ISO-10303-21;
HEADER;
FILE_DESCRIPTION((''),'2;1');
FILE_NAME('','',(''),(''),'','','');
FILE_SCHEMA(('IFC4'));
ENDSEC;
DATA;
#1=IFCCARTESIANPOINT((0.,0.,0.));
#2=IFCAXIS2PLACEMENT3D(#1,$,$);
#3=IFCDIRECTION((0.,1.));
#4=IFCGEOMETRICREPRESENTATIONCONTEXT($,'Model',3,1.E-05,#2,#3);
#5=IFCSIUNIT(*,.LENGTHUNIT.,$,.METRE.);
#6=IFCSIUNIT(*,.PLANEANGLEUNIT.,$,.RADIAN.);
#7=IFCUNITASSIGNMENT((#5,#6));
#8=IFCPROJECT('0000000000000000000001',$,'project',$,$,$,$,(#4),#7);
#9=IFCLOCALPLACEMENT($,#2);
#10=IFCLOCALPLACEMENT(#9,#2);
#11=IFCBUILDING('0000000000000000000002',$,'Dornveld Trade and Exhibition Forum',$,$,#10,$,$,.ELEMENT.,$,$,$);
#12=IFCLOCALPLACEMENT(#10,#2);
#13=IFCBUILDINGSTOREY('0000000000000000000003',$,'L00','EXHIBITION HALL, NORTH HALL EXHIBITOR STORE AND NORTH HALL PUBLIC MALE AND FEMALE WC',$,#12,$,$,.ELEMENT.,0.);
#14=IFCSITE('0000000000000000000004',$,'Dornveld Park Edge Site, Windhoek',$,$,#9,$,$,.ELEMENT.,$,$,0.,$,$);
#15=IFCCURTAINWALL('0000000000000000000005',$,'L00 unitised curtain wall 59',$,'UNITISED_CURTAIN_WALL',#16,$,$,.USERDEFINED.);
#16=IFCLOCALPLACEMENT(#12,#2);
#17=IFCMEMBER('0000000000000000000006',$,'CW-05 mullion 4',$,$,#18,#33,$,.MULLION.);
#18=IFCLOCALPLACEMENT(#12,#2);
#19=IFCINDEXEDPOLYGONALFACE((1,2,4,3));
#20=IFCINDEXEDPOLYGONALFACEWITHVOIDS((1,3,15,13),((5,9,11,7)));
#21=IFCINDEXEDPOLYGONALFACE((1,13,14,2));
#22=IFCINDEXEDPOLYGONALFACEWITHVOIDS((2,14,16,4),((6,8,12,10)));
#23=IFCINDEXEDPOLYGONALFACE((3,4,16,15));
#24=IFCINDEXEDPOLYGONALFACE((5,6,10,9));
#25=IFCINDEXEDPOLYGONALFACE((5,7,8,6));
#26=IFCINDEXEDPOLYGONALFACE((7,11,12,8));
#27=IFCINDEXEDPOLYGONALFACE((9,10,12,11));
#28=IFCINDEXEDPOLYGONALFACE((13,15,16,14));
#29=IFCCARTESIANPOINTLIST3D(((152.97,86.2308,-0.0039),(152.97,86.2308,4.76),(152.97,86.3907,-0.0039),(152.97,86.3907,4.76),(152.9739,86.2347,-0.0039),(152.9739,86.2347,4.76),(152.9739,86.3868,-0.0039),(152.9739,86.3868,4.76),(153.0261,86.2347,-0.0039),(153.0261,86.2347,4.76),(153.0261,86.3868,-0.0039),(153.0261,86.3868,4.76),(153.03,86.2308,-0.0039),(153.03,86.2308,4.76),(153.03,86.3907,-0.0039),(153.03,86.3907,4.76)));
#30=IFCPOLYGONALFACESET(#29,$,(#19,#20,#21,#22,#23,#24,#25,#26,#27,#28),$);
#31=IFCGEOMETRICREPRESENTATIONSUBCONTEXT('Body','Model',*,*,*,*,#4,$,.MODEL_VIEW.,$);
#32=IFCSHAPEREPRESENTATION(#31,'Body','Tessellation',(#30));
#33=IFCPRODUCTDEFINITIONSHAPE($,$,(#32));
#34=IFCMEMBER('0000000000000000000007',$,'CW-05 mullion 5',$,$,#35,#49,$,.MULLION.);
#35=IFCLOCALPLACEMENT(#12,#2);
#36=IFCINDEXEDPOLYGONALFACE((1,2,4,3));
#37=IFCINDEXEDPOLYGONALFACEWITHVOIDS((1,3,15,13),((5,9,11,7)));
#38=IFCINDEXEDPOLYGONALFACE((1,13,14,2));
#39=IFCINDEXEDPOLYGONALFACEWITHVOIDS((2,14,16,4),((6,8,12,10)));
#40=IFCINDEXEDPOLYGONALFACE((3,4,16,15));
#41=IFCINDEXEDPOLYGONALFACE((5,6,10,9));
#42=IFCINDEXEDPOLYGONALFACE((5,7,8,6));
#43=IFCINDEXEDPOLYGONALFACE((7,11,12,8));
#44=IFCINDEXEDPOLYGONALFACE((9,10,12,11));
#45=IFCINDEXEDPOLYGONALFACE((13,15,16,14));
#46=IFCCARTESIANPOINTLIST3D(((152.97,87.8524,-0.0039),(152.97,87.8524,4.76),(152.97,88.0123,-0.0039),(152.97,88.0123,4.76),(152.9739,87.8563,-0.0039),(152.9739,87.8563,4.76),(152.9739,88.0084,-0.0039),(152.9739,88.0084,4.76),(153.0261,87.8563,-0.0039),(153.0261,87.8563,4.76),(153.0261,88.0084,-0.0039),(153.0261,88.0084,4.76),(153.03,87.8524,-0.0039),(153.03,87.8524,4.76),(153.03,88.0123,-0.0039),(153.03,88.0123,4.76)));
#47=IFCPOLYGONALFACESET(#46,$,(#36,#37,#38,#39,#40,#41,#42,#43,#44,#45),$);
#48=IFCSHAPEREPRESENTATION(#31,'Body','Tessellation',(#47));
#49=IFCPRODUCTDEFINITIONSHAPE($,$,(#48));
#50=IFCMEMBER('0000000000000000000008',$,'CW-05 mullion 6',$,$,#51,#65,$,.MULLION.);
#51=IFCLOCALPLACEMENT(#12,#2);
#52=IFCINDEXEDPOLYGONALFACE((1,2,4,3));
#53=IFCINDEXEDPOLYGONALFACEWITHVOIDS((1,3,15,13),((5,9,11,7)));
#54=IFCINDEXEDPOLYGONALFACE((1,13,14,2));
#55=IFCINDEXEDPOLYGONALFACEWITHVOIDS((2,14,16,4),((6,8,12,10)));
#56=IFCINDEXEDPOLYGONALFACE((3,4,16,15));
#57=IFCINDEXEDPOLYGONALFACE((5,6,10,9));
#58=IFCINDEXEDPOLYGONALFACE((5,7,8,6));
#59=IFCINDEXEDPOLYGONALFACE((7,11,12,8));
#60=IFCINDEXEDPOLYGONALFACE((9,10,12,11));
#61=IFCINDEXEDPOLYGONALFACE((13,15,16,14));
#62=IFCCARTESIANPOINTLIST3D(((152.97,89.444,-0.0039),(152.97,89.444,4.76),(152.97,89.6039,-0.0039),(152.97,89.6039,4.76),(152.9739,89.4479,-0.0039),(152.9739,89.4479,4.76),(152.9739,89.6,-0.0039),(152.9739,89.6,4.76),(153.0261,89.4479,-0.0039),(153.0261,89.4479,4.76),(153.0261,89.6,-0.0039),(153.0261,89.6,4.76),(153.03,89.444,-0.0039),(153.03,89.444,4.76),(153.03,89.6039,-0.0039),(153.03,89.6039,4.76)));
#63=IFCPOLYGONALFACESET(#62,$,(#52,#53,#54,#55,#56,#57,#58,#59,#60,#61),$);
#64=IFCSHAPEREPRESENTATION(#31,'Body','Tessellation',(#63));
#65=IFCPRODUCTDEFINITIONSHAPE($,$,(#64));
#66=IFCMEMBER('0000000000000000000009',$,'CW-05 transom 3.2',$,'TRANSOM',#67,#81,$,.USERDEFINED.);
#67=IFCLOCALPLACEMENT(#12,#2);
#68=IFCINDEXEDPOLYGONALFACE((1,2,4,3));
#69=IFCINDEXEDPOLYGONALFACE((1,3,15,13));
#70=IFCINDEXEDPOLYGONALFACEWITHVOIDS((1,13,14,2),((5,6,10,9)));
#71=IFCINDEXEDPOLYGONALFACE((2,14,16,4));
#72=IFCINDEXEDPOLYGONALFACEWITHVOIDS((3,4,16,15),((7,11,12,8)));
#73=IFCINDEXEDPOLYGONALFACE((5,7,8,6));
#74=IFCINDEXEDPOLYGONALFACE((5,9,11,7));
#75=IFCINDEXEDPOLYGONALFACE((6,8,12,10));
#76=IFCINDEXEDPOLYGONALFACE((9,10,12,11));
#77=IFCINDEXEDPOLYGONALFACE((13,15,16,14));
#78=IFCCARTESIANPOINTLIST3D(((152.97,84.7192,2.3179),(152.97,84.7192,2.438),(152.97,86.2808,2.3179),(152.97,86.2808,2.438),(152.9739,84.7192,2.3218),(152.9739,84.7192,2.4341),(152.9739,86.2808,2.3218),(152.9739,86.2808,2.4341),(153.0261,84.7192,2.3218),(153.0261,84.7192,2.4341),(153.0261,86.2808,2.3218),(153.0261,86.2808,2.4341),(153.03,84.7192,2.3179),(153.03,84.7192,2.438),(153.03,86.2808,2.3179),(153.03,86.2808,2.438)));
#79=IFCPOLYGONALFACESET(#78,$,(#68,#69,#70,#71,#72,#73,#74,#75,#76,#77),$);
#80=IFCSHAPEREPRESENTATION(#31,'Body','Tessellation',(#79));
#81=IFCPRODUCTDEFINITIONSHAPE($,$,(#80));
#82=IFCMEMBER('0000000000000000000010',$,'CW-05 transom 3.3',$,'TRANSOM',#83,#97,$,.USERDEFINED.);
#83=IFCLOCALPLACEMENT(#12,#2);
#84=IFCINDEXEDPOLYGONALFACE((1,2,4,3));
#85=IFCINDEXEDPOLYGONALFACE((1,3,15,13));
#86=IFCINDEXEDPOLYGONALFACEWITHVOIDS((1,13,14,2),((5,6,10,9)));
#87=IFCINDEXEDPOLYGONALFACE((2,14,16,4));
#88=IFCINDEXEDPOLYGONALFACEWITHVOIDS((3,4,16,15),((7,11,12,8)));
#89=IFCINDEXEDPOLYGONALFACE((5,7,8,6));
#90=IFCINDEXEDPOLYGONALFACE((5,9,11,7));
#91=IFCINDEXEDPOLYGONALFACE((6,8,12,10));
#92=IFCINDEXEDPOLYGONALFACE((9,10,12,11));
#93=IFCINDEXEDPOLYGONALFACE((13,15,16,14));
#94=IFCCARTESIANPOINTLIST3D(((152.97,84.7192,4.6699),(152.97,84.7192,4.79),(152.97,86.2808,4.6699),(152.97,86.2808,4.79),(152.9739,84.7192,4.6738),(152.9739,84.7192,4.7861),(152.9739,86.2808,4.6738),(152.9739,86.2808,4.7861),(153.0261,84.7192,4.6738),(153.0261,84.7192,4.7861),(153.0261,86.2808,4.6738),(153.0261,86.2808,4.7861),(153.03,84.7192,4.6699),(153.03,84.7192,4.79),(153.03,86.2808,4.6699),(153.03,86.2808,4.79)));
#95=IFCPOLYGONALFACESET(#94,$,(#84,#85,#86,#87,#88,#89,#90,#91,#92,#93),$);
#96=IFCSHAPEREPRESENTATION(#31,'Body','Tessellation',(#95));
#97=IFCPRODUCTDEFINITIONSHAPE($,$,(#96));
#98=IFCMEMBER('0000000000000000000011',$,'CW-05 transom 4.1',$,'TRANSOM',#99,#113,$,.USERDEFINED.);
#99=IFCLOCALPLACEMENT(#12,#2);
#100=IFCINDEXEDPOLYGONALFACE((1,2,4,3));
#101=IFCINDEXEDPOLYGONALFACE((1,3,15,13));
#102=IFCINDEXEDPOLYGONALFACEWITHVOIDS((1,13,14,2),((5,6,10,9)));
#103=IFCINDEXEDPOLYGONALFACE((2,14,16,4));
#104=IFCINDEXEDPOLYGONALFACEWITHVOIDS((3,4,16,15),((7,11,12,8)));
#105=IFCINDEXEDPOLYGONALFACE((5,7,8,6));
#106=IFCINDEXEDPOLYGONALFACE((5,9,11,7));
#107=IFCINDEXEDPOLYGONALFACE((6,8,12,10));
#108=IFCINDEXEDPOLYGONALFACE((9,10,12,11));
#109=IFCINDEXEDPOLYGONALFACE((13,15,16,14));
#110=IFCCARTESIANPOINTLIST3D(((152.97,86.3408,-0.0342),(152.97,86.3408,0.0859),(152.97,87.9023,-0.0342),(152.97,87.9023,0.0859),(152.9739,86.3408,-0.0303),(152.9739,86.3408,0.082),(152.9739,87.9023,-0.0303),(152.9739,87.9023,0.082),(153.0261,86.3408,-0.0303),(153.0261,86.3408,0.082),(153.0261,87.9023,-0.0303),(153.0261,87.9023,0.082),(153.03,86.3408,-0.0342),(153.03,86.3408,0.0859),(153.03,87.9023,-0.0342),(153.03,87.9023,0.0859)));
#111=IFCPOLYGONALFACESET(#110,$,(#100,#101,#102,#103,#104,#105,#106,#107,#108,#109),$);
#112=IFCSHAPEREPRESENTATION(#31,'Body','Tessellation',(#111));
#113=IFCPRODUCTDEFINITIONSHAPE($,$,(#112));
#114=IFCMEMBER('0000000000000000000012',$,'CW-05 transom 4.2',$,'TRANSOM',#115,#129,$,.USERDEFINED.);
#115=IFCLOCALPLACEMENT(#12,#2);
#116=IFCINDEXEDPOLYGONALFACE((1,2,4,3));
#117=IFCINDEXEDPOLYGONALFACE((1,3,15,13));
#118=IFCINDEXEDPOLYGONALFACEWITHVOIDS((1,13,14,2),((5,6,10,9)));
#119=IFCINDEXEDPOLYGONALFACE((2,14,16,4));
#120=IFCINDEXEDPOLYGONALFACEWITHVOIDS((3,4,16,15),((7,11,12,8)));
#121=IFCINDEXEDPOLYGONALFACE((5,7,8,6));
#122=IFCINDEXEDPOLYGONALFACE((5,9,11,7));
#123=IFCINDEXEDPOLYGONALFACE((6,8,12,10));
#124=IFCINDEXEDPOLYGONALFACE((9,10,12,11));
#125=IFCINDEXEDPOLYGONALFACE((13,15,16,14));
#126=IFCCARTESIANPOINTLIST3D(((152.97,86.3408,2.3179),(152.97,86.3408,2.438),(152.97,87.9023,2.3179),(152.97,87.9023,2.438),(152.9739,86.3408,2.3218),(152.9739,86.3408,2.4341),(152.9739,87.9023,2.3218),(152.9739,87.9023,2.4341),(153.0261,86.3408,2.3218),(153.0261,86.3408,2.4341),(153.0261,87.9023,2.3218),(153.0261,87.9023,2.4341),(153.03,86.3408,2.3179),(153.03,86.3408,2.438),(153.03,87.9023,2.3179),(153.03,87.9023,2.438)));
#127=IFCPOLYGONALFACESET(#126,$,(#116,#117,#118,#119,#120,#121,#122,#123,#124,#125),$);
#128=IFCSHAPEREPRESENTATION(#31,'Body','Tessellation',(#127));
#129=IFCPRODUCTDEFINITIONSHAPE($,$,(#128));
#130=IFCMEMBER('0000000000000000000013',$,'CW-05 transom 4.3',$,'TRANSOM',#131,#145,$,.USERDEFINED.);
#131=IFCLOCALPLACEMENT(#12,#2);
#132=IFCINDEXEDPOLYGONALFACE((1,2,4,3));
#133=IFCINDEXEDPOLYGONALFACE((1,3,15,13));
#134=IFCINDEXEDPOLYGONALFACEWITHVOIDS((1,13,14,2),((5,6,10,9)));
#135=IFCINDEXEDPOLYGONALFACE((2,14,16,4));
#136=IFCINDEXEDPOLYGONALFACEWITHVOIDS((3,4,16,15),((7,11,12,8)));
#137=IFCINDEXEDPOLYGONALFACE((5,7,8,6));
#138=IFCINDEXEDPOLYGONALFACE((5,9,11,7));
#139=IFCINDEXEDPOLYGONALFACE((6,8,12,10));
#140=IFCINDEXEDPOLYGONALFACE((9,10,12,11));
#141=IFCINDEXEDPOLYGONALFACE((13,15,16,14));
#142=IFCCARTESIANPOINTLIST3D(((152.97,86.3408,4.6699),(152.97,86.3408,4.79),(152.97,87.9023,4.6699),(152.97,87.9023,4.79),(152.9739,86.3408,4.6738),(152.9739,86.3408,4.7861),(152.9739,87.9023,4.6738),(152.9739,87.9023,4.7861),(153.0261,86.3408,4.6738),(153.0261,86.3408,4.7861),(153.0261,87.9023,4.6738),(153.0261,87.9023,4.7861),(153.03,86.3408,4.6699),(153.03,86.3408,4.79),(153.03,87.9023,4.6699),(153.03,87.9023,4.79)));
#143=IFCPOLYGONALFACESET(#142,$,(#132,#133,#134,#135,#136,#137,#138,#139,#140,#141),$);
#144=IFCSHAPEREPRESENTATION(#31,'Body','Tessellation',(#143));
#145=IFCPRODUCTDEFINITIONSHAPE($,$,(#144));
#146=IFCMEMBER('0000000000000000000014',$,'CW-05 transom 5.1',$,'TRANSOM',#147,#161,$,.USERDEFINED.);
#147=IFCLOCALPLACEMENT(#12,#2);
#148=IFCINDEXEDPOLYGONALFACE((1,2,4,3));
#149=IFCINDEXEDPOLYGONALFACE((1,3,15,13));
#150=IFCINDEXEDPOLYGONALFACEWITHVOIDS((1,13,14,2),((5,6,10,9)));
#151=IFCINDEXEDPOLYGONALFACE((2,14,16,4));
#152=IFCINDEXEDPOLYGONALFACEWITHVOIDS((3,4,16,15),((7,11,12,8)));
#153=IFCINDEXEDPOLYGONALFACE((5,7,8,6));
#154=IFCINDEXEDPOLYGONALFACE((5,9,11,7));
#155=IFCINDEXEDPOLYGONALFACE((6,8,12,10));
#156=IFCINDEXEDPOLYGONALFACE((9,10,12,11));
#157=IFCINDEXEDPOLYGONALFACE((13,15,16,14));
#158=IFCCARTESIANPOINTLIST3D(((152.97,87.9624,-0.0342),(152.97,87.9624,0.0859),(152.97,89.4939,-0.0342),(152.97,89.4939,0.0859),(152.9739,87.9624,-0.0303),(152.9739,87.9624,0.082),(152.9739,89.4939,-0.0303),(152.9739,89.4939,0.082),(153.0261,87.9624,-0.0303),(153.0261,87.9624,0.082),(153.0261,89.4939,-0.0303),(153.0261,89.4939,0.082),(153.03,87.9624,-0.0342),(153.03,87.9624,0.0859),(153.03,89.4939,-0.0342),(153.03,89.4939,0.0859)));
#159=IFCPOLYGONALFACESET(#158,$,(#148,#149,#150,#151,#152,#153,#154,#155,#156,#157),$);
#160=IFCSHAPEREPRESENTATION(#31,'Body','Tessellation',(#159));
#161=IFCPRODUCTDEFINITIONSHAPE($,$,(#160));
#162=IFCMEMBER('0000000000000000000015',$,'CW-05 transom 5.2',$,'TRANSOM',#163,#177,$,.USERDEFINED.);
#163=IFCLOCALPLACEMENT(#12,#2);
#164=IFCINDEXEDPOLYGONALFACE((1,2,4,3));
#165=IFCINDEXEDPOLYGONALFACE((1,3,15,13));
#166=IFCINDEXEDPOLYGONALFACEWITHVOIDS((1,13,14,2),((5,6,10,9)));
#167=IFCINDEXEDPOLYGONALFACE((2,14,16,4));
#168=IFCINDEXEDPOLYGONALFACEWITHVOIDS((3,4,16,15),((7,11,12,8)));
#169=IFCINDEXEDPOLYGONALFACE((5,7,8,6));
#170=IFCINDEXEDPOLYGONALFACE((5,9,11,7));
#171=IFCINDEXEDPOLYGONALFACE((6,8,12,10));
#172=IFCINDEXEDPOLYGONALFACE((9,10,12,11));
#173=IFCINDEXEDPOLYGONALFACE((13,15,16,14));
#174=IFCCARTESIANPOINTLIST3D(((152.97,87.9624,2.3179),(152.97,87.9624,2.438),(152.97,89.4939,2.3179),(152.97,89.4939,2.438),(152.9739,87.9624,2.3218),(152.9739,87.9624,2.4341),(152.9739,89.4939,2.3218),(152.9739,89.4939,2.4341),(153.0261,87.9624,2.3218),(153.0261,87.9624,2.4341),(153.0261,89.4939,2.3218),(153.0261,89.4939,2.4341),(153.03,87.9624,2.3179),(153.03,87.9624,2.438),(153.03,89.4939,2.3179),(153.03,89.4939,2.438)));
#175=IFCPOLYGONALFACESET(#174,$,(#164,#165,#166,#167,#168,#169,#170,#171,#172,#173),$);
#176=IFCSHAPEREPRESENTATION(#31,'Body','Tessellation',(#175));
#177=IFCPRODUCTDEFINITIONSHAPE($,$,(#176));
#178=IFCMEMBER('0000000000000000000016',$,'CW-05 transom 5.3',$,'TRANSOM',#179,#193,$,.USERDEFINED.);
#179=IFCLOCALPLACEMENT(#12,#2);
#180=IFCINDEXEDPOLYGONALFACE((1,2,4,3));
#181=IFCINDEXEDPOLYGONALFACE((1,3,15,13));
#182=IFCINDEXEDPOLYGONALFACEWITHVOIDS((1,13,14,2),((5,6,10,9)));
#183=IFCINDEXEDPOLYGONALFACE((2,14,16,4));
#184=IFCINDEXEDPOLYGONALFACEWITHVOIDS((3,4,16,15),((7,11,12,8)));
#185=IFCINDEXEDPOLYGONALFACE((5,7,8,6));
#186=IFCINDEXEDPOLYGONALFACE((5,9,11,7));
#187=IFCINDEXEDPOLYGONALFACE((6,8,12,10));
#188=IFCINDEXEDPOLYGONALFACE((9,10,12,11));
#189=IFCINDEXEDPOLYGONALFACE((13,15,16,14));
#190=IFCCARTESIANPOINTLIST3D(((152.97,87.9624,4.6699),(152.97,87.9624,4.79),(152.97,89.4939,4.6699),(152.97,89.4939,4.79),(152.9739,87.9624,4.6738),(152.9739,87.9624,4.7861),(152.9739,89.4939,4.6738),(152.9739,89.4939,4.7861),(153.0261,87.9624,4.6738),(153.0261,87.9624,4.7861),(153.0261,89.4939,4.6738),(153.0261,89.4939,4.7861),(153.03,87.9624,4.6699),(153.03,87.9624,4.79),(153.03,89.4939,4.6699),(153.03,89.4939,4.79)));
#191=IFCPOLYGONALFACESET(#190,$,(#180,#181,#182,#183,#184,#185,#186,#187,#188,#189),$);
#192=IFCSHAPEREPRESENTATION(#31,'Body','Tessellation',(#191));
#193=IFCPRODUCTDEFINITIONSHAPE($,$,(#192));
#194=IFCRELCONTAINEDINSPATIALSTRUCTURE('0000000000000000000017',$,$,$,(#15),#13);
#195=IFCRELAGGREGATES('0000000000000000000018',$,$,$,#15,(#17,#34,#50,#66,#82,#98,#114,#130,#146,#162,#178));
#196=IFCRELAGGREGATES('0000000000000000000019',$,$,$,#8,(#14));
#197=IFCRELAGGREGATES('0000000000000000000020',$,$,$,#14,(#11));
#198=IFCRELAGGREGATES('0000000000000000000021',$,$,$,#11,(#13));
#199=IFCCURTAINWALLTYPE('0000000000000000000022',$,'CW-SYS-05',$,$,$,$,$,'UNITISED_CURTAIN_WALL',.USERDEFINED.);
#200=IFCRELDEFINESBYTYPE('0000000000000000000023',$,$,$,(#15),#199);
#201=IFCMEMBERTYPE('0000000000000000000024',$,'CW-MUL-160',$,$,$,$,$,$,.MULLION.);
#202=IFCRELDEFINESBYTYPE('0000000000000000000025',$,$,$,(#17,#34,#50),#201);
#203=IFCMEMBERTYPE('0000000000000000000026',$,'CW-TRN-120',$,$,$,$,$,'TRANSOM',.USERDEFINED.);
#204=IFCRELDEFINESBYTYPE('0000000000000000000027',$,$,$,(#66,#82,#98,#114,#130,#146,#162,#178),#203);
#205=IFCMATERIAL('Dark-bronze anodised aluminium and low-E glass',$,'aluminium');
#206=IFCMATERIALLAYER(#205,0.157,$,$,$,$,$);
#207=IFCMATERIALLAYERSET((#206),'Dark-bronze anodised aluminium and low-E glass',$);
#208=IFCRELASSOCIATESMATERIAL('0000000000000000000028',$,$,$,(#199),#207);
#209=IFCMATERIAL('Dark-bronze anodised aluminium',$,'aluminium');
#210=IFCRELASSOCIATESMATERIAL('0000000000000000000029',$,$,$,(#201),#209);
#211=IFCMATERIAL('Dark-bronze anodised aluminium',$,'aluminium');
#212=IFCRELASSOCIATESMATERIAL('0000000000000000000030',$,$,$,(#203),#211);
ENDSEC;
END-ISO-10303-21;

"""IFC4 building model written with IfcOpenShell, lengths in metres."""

from ifc_helpers import new_model, si_unit, direction, frame, origin, origin_2d, place, context, subcontext, project, spatial, hollow_rectangle, extrude, material, layer, layer_set, material_profile, profile_set, type_object, element, aggregate, save


model = new_model("IFC4")

# Units and contexts
model_context = context("Model", 3, precision=1e-05, world=origin(), true_north=direction((0.0, 1.0)))
body_context = subcontext(model_context, "Body", "Model", "MODEL_VIEW")
ifc_project = project(units=[si_unit("LENGTHUNIT", "METRE"), si_unit("PLANEANGLEUNIT", "RADIAN")], contexts=[model_context])

# Site, building, storey
site_placement = place(None, origin())
site = spatial("IfcSite", under=ifc_project, at=site_placement, Name="Dornveld Park Edge Site, Windhoek", CompositionType="ELEMENT", RefElevation=0.0)
building_placement = place(site_placement, origin())
building = spatial("IfcBuilding", under=site, at=building_placement, Name="Dornveld Trade and Exhibition Forum", CompositionType="ELEMENT")
storey_placement = place(building_placement, origin())
storey = spatial("IfcBuildingStorey", under=building, at=storey_placement, Name="L00", Description="EXHIBITION HALL, NORTH HALL EXHIBITOR STORE AND NORTH HALL PUBLIC MALE AND FEMALE WC", CompositionType="ELEMENT", Elevation=0.0)

# Curtain wall, members
ifc_material_1 = material(Name="Dark-bronze anodised aluminium and low-E glass", Category="aluminium")
ifc_layer_1 = layer(ifc_material_1, 0.157)
ifc_layer_set_1 = layer_set([ifc_layer_1], Name="Dark-bronze anodised aluminium and low-E glass")
curtain_wall_type = type_object("IfcCurtainWallType", Name="CW-SYS-05", ElementType="UNITISED_CURTAIN_WALL", PredefinedType="USERDEFINED", material=ifc_layer_set_1)
curtain_wall_placement = place(storey_placement, origin())
curtain_wall = element("IfcCurtainWall", 1, at=curtain_wall_placement, inside=storey, type_object=curtain_wall_type, Name="L00 unitised curtain wall 59", ObjectType="UNITISED_CURTAIN_WALL", PredefinedType="USERDEFINED")
ifc_material_2 = material(Name="Dark-bronze anodised aluminium", Category="aluminium")
ifc_material_profile_1 = material_profile(ifc_material_2, hollow_rectangle(XDim=0.0601, YDim=0.1599, WallThickness=0.0039, at=origin_2d()), Name="RHS 160x60x4")
ifc_profile_set_1 = profile_set([ifc_material_profile_1], Name="Dark-bronze anodised aluminium")
member_type_1 = type_object("IfcMemberType", Name="CW-MUL-160", PredefinedType="MULLION", material=ifc_profile_set_1)
member_1_placement = place(storey_placement, frame((153.0, 86.3108, -0.0039), z_axis=(0.0, 0.0, 1.0), x_axis=(-1.0, 0.0, 0.0)))
member_1 = element("IfcMember", 2, at=member_1_placement, type_object=member_type_1, Name="CW-05 mullion 4", PredefinedType="MULLION", context=body_context, shape_type="SweptSolid", body=[
    extrude(hollow_rectangle(XDim=0.0601, YDim=0.1599, WallThickness=0.0039, at=origin_2d()), origin(), (0.0, 0.0, 1.0), 4.7639),
])
member_2_placement = place(storey_placement, frame((153.0, 87.9324, -0.0039), z_axis=(0.0, 0.0, 1.0), x_axis=(-1.0, 0.0, 0.0)))
member_2 = element("IfcMember", 3, at=member_2_placement, type_object=member_type_1, Name="CW-05 mullion 5", PredefinedType="MULLION", context=body_context, shape_type="SweptSolid", body=[
    extrude(hollow_rectangle(XDim=0.0601, YDim=0.1599, WallThickness=0.0039, at=origin_2d()), origin(), (0.0, 0.0, 1.0), 4.7639),
])
member_3_placement = place(storey_placement, frame((153.0, 89.5239, -0.0039), z_axis=(0.0, 0.0, 1.0), x_axis=(-1.0, 0.0, 0.0)))
member_3 = element("IfcMember", 4, at=member_3_placement, type_object=member_type_1, Name="CW-05 mullion 6", PredefinedType="MULLION", context=body_context, shape_type="SweptSolid", body=[
    extrude(hollow_rectangle(XDim=0.0601, YDim=0.1599, WallThickness=0.0039, at=origin_2d()), origin(), (0.0, 0.0, 1.0), 4.7639),
])
ifc_material_3 = material(Name="Dark-bronze anodised aluminium", Category="aluminium")
ifc_material_profile_2 = material_profile(ifc_material_3, hollow_rectangle(XDim=0.0601, YDim=0.1201, WallThickness=0.0039, at=origin_2d()), Name="RHS 120x60x4")
ifc_profile_set_2 = profile_set([ifc_material_profile_2], Name="Dark-bronze anodised aluminium")
member_type_2 = type_object("IfcMemberType", Name="CW-TRN-120", ElementType="TRANSOM", PredefinedType="USERDEFINED", material=ifc_profile_set_2)
member_4_placement = place(storey_placement, frame((153.0, 84.7192, 2.3779), z_axis=(0.0, 1.0, 0.0), x_axis=(-1.0, 0.0, 0.0)))
member_4 = element("IfcMember", 5, at=member_4_placement, type_object=member_type_2, Name="CW-05 transom 3.2", ObjectType="TRANSOM", PredefinedType="USERDEFINED", context=body_context, shape_type="SweptSolid", body=[
    extrude(hollow_rectangle(XDim=0.0601, YDim=0.1201, WallThickness=0.0039, at=origin_2d()), origin(), (0.0, 0.0, 1.0), 1.5615),
])
member_5_placement = place(storey_placement, frame((153.0, 84.7192, 4.73), z_axis=(0.0, 1.0, 0.0), x_axis=(-1.0, 0.0, 0.0)))
member_5 = element("IfcMember", 6, at=member_5_placement, type_object=member_type_2, Name="CW-05 transom 3.3", ObjectType="TRANSOM", PredefinedType="USERDEFINED", context=body_context, shape_type="SweptSolid", body=[
    extrude(hollow_rectangle(XDim=0.0601, YDim=0.1201, WallThickness=0.0039, at=origin_2d()), origin(), (0.0, 0.0, 1.0), 1.5615),
])
member_6_placement = place(storey_placement, frame((153.0, 86.3408, 0.0259), z_axis=(0.0, 1.0, 0.0), x_axis=(-1.0, 0.0, 0.0)))
member_6 = element("IfcMember", 7, at=member_6_placement, type_object=member_type_2, Name="CW-05 transom 4.1", ObjectType="TRANSOM", PredefinedType="USERDEFINED", context=body_context, shape_type="SweptSolid", body=[
    extrude(hollow_rectangle(XDim=0.0601, YDim=0.1201, WallThickness=0.0039, at=origin_2d()), origin(), (0.0, 0.0, 1.0), 1.5615),
])
member_7_placement = place(storey_placement, frame((153.0, 86.3408, 2.3779), z_axis=(0.0, 1.0, 0.0), x_axis=(-1.0, 0.0, 0.0)))
member_7 = element("IfcMember", 8, at=member_7_placement, type_object=member_type_2, Name="CW-05 transom 4.2", ObjectType="TRANSOM", PredefinedType="USERDEFINED", context=body_context, shape_type="SweptSolid", body=[
    extrude(hollow_rectangle(XDim=0.0601, YDim=0.1201, WallThickness=0.0039, at=origin_2d()), origin(), (0.0, 0.0, 1.0), 1.5615),
])
member_8_placement = place(storey_placement, frame((153.0, 86.3408, 4.73), z_axis=(0.0, 1.0, 0.0), x_axis=(-1.0, 0.0, 0.0)))
member_8 = element("IfcMember", 9, at=member_8_placement, type_object=member_type_2, Name="CW-05 transom 4.3", ObjectType="TRANSOM", PredefinedType="USERDEFINED", context=body_context, shape_type="SweptSolid", body=[
    extrude(hollow_rectangle(XDim=0.0601, YDim=0.1201, WallThickness=0.0039, at=origin_2d()), origin(), (0.0, 0.0, 1.0), 1.5615),
])
member_9_placement = place(storey_placement, frame((153.0, 87.9624, 0.0259), z_axis=(0.0, 1.0, 0.0), x_axis=(-1.0, 0.0, 0.0)))
member_9 = element("IfcMember", 10, at=member_9_placement, type_object=member_type_2, Name="CW-05 transom 5.1", ObjectType="TRANSOM", PredefinedType="USERDEFINED", context=body_context, shape_type="SweptSolid", body=[
    extrude(hollow_rectangle(XDim=0.0601, YDim=0.1201, WallThickness=0.0039, at=origin_2d()), origin(), (0.0, 0.0, 1.0), 1.5315),
])
member_10_placement = place(storey_placement, frame((153.0, 87.9624, 2.3779), z_axis=(0.0, 1.0, 0.0), x_axis=(-1.0, 0.0, 0.0)))
member_10 = element("IfcMember", 11, at=member_10_placement, type_object=member_type_2, Name="CW-05 transom 5.2", ObjectType="TRANSOM", PredefinedType="USERDEFINED", context=body_context, shape_type="SweptSolid", body=[
    extrude(hollow_rectangle(XDim=0.0601, YDim=0.1201, WallThickness=0.0039, at=origin_2d()), origin(), (0.0, 0.0, 1.0), 1.5315),
])
member_11_placement = place(storey_placement, frame((153.0, 87.9624, 4.73), z_axis=(0.0, 1.0, 0.0), x_axis=(-1.0, 0.0, 0.0)))
member_11 = element("IfcMember", 12, at=member_11_placement, type_object=member_type_2, Name="CW-05 transom 5.3", ObjectType="TRANSOM", PredefinedType="USERDEFINED", context=body_context, shape_type="SweptSolid", body=[
    extrude(hollow_rectangle(XDim=0.0601, YDim=0.1201, WallThickness=0.0039, at=origin_2d()), origin(), (0.0, 0.0, 1.0), 1.5315),
])
aggregate(curtain_wall, [member_1, member_2, member_3, member_4, member_5, member_6, member_7, member_8, member_9, member_10, member_11])

save(model, "model.ifc")
